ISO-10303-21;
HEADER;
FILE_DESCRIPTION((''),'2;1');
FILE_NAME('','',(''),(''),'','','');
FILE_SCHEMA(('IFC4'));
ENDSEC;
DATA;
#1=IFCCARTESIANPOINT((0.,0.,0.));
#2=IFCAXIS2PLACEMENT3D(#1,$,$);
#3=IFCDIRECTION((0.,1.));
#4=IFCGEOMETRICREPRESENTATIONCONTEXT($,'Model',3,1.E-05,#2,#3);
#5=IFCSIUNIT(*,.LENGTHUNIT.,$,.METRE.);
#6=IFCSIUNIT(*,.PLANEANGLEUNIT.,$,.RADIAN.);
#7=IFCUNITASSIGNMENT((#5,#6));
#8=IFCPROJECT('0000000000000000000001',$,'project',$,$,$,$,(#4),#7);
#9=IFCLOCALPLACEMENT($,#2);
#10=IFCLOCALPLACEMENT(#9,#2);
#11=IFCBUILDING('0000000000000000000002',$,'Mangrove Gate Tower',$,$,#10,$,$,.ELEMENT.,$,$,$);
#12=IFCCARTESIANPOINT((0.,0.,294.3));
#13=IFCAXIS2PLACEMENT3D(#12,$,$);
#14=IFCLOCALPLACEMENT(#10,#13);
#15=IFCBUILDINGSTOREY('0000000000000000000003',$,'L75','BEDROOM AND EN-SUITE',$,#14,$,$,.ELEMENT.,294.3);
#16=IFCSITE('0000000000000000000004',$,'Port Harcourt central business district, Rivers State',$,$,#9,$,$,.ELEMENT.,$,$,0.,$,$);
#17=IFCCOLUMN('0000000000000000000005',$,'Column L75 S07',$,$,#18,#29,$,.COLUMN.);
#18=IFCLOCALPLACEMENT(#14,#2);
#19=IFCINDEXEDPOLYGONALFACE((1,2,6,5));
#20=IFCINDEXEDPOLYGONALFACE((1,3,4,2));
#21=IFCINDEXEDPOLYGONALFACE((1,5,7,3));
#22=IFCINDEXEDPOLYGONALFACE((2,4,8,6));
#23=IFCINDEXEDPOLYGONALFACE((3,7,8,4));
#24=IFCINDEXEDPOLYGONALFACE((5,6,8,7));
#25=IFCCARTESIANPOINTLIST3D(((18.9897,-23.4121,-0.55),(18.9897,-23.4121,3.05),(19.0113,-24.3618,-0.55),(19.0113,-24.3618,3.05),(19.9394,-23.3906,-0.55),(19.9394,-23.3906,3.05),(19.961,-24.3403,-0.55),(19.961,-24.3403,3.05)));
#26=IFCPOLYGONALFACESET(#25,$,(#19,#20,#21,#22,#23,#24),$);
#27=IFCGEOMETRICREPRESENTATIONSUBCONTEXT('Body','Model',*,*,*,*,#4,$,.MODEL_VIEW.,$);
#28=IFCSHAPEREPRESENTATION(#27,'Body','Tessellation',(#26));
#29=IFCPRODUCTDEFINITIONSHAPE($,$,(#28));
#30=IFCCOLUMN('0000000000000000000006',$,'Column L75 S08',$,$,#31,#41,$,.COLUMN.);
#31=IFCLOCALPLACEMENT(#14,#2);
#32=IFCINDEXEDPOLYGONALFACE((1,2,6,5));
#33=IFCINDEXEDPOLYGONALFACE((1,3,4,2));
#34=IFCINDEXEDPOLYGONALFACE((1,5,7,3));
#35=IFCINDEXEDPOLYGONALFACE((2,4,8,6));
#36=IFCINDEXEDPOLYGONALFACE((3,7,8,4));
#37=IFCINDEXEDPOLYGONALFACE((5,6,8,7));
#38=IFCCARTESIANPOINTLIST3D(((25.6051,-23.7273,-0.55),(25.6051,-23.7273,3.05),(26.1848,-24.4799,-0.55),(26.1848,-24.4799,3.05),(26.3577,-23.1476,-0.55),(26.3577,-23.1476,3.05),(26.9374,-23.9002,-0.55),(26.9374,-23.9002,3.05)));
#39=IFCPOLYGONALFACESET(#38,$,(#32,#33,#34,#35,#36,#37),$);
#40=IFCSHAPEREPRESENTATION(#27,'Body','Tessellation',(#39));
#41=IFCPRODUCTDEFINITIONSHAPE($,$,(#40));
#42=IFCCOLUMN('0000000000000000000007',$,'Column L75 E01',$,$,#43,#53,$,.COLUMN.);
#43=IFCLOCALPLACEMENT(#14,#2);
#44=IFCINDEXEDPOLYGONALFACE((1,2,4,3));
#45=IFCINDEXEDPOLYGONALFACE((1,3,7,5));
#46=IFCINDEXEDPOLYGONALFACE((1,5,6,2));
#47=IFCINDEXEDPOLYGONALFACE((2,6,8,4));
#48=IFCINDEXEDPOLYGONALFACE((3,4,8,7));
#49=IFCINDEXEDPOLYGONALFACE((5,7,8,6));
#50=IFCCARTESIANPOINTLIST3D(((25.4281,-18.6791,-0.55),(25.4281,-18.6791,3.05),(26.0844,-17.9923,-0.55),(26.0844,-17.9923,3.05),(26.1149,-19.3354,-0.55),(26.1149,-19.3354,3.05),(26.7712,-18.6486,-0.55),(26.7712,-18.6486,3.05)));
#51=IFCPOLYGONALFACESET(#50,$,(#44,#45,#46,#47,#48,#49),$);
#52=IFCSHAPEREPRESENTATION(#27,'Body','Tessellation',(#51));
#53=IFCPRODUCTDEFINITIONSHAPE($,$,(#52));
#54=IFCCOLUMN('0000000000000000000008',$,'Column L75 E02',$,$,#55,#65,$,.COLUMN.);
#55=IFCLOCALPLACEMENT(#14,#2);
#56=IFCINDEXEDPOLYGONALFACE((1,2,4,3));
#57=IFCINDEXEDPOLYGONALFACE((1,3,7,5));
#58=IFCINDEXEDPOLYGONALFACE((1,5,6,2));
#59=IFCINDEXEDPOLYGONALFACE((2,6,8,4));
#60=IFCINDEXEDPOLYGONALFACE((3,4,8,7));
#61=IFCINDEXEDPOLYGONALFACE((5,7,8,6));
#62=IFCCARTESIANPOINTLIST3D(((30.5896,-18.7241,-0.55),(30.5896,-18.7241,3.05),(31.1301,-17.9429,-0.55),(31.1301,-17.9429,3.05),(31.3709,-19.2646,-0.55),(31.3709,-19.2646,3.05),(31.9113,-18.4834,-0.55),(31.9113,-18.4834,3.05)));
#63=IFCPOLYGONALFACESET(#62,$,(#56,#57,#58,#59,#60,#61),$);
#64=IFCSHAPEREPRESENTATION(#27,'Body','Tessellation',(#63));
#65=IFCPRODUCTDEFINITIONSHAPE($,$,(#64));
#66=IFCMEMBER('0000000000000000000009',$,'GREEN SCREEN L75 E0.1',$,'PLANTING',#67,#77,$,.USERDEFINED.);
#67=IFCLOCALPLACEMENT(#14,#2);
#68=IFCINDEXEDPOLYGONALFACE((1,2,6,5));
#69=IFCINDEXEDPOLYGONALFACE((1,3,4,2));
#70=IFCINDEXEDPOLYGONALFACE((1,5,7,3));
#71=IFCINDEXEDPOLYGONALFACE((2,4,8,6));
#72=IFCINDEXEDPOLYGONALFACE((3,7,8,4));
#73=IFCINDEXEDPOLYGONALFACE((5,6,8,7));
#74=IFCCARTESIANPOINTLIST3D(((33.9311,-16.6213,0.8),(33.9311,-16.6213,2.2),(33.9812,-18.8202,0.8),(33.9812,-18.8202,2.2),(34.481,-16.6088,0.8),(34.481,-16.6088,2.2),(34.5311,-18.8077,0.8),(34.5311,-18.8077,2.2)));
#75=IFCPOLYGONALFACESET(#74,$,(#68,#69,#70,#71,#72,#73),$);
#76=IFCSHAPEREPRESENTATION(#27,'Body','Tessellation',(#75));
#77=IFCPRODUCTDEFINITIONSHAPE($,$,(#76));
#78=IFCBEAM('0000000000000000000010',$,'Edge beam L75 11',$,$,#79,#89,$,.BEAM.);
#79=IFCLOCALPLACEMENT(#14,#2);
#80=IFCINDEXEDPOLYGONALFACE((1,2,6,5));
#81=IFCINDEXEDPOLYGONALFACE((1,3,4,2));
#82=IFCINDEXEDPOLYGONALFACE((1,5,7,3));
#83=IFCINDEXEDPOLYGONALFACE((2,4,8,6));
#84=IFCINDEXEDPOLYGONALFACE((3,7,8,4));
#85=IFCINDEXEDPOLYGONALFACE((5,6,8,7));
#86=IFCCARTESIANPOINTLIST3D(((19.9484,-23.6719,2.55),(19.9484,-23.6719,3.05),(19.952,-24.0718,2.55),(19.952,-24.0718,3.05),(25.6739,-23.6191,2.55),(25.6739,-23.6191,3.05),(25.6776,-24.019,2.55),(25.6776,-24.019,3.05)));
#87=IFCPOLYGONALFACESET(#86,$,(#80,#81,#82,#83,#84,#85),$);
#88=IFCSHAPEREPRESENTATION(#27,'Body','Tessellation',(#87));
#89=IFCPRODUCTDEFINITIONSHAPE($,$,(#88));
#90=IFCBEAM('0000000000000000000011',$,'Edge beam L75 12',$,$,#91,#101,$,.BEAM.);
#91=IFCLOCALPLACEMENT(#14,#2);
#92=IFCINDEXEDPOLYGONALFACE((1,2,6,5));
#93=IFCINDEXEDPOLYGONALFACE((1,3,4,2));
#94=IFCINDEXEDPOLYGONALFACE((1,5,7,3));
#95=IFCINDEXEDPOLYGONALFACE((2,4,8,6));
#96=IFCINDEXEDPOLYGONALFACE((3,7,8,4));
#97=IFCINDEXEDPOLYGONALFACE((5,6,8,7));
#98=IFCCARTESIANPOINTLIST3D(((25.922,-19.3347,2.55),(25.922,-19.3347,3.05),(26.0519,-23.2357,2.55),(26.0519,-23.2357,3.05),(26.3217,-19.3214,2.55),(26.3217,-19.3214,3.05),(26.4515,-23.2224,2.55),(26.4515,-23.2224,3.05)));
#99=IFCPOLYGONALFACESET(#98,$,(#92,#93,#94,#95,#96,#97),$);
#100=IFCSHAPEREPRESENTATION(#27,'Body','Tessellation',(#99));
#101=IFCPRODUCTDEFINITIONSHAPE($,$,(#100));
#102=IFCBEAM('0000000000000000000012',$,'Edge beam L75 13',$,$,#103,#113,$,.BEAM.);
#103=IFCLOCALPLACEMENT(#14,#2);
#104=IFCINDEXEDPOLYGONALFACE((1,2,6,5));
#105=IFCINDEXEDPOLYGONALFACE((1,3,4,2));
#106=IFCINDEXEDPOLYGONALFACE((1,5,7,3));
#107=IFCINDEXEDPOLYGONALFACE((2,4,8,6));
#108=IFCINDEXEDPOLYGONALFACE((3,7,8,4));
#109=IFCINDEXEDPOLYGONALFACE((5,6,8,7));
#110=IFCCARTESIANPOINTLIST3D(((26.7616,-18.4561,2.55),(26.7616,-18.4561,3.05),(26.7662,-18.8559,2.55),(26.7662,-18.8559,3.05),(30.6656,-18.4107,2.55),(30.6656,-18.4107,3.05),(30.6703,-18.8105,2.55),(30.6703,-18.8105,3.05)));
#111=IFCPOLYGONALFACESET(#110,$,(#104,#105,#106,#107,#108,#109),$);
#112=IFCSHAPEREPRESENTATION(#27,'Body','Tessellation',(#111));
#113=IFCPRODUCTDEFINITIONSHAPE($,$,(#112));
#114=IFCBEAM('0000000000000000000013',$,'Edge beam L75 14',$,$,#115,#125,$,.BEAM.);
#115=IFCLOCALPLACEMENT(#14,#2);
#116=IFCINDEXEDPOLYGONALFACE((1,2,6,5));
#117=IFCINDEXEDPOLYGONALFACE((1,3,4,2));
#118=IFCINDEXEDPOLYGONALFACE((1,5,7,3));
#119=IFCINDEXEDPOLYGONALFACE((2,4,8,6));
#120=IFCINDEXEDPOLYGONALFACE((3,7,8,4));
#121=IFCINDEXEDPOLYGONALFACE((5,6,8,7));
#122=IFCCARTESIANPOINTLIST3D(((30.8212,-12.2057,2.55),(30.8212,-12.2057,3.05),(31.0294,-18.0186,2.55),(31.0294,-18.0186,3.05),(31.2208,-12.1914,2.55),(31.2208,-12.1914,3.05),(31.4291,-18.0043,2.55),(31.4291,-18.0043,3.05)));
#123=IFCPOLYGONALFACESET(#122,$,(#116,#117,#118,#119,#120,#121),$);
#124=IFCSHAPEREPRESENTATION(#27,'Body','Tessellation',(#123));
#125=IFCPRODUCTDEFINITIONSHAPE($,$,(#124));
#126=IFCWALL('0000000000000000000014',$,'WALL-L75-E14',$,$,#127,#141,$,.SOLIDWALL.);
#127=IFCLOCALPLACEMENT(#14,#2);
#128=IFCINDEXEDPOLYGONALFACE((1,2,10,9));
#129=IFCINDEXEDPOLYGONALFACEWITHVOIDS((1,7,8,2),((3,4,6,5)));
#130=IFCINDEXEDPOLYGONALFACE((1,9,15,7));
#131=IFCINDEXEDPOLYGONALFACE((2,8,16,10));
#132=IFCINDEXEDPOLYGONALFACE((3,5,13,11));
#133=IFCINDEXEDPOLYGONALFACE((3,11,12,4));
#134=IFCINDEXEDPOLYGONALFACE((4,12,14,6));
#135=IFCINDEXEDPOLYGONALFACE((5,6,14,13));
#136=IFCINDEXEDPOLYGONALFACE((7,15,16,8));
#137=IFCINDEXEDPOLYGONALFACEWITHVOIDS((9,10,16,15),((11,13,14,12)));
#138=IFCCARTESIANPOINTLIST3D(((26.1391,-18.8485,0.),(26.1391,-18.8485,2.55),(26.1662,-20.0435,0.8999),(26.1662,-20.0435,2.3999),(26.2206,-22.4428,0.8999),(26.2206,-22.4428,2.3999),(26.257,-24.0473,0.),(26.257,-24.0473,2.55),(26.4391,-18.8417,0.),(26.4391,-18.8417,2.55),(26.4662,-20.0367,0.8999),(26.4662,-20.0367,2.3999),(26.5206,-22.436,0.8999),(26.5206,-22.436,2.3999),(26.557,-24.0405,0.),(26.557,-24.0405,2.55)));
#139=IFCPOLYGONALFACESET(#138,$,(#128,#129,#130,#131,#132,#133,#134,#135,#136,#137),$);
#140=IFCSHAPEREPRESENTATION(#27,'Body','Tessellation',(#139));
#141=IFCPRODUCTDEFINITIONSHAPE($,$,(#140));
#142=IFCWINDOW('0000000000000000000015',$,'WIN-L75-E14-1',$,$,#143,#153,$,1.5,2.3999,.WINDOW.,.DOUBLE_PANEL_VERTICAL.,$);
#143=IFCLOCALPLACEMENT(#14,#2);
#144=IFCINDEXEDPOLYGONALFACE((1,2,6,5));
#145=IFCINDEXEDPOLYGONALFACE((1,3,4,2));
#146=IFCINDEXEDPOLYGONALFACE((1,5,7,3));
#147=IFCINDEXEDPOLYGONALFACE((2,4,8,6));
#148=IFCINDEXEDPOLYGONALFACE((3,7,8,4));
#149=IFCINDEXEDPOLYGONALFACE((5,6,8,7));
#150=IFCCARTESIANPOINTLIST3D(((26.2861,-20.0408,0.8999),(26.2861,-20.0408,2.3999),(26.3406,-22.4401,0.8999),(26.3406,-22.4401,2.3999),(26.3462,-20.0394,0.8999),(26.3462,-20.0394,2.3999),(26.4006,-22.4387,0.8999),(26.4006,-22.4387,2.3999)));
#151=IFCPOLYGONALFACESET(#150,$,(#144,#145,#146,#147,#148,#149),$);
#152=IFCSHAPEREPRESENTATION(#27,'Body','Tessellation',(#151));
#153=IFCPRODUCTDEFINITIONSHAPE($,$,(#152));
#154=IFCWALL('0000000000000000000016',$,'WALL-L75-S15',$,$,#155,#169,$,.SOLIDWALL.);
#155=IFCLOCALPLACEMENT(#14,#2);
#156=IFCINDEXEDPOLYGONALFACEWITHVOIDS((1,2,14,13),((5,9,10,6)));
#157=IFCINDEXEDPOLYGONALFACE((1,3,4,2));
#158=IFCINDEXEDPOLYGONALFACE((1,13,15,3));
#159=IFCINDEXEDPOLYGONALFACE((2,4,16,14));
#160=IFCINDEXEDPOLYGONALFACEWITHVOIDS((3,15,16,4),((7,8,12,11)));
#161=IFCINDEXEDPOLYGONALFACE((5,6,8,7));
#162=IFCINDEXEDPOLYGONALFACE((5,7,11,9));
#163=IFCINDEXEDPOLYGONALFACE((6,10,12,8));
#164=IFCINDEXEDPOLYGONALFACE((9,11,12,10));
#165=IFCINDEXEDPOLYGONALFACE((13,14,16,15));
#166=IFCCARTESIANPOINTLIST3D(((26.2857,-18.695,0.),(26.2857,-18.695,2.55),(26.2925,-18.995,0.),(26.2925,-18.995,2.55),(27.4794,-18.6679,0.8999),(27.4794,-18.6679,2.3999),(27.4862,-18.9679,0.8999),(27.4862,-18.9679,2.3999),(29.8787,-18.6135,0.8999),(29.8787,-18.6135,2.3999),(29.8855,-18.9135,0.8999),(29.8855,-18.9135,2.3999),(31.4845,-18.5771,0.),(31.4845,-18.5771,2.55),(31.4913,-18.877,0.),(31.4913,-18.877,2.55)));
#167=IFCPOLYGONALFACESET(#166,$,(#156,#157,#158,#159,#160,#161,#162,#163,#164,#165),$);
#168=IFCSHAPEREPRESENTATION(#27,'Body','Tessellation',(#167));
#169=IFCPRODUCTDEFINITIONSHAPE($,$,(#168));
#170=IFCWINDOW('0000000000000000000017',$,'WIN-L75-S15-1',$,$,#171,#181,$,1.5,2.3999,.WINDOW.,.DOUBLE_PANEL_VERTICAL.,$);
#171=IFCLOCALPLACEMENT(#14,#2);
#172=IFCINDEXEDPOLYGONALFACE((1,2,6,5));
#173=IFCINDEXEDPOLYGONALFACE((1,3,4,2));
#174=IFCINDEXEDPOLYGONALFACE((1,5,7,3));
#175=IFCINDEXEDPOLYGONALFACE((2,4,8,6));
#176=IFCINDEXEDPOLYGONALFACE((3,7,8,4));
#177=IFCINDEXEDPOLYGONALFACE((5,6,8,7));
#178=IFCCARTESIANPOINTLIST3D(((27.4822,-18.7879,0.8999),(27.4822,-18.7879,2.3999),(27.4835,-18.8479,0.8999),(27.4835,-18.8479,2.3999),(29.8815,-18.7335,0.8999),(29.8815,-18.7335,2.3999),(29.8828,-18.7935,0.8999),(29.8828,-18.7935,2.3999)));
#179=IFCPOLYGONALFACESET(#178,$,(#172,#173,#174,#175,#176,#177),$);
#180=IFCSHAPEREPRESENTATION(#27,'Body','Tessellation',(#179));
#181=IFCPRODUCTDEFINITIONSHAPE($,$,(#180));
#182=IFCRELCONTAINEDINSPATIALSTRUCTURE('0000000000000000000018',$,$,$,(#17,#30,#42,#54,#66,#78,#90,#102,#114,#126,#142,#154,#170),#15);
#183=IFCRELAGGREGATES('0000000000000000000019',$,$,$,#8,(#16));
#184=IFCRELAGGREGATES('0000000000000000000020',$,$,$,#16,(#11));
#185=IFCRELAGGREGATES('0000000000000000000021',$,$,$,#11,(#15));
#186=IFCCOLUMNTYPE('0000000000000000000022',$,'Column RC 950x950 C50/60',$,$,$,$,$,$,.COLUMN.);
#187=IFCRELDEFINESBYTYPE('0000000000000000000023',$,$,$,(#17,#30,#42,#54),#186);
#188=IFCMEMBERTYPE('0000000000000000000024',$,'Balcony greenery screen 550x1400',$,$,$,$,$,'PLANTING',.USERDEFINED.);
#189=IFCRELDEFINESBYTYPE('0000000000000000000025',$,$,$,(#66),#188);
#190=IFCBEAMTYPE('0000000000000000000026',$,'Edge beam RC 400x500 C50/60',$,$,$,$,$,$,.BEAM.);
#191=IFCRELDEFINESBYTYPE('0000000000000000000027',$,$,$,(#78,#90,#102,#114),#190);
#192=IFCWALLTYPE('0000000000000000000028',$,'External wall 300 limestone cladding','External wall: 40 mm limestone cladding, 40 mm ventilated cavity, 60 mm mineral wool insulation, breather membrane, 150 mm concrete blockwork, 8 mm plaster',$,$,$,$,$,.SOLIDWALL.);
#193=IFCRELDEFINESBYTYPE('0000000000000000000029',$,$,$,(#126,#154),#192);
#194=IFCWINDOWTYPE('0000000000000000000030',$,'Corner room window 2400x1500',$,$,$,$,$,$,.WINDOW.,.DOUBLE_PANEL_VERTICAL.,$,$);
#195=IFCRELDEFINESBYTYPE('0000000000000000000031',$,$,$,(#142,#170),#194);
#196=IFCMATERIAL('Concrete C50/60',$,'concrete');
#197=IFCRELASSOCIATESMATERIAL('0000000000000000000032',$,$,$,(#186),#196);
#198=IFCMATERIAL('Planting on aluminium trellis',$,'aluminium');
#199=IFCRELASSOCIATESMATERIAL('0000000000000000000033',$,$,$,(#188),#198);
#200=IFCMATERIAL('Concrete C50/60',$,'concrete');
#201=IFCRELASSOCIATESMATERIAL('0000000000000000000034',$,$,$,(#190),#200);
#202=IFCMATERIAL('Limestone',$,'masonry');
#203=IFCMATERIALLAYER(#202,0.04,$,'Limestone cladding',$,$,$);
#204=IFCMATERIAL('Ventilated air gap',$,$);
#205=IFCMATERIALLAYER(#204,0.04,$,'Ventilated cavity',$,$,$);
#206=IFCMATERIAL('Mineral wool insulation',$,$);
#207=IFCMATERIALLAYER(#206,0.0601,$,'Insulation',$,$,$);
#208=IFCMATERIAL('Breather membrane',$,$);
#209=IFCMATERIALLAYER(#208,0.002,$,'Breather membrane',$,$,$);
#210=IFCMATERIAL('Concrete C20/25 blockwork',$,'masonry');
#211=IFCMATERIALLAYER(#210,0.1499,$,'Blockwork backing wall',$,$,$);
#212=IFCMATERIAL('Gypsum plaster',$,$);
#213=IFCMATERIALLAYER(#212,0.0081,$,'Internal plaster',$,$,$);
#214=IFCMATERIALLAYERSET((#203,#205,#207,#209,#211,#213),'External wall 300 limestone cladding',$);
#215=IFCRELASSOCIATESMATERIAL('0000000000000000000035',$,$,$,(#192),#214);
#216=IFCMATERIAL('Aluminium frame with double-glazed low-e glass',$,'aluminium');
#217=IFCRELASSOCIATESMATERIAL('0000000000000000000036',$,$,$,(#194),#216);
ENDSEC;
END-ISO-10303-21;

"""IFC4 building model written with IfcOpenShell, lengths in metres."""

from ifc_helpers import new_model, si_unit, direction, frame, frame_2d, origin, origin_2d, place, context, subcontext, project, spatial, rectangle, extrude, material, layer, layer_set, material_profile, profile_set, type_object, element, fill, save


model = new_model("IFC4")

# Units and contexts
model_context = context("Model", 3, precision=1e-05, world=origin(), true_north=direction((0.0, 1.0)))
body_context = subcontext(model_context, "Body", "Model", "MODEL_VIEW")
ifc_project = project(units=[si_unit("LENGTHUNIT", "METRE"), si_unit("PLANEANGLEUNIT", "RADIAN")], contexts=[model_context])

# Site, building, storey
site_placement = place(None, origin())
site = spatial("IfcSite", under=ifc_project, at=site_placement, Name="Port Harcourt central business district, Rivers State", CompositionType="ELEMENT", RefElevation=0.0)
building_placement = place(site_placement, origin())
building = spatial("IfcBuilding", under=site, at=building_placement, Name="Mangrove Gate Tower", CompositionType="ELEMENT")
storey_placement = place(building_placement, frame((0.0, 0.0, 294.3)))
storey = spatial("IfcBuildingStorey", under=building, at=storey_placement, Name="L75", Description="BEDROOM AND EN-SUITE", CompositionType="ELEMENT", Elevation=294.3)

# Columns
ifc_material_1 = material(Name="Concrete C50/60", Category="concrete")
ifc_material_profile_1 = material_profile(ifc_material_1, rectangle(XDim=0.95, YDim=0.95, at=origin_2d()))
ifc_profile_set_1 = profile_set([ifc_material_profile_1], Name="Concrete C50/60")
column_type = type_object("IfcColumnType", Name="Column RC 950x950 C50/60", PredefinedType="COLUMN", material=ifc_profile_set_1)
for number, where, z_axis, x_axis, name in (
    (1, (19.4753, -23.8762, -0.55), (0.0, 0.0, 1.0), (0.999743, 0.02268, 0.0), "Column L75 S07"),
    (2, (26.2712, -23.8137, -0.55), (0.0, 0.0, 1.0), (0.792213, 0.610244, 0.0), "Column L75 S08"),
    (3, (26.0996, -18.6638, -0.55), (0.0, 0.0, 1.0), (0.690877, 0.722973, 0.0), "Column L75 E01"),
    (4, (31.2505, -18.6038, -0.55), (0.0, 0.0, 1.0), (0.568957, 0.822367, 0.0), "Column L75 E02"),
):
    element("IfcColumn", number, at=place(storey_placement, frame(where, z_axis=z_axis, x_axis=x_axis)), inside=storey, type_object=column_type, Name=name, PredefinedType="COLUMN", context=body_context, shape_type="SweptSolid", body=[
        extrude(rectangle(XDim=0.95, YDim=0.95, at=origin_2d()), origin(), (0.0, 0.0, 1.0), 3.6001),
    ])

# Member
ifc_material_2 = material(Name="Planting on aluminium trellis", Category="aluminium")
ifc_material_profile_2 = material_profile(ifc_material_2, rectangle(XDim=0.55, YDim=1.3999, at=origin_2d()))
ifc_profile_set_2 = profile_set([ifc_material_profile_2], Name="Planting on aluminium trellis")
member_type = type_object("IfcMemberType", Name="Balcony greenery screen 550x1400", ElementType="PLANTING", PredefinedType="USERDEFINED", material=ifc_profile_set_2)
member_placement = place(storey_placement, frame((34.2561, -18.814, 1.5), z_axis=(-0.022754, 0.999741, 0.0), x_axis=(-0.999741, -0.022754, 0.0)))
element("IfcMember", 5, at=member_placement, inside=storey, type_object=member_type, Name="GREEN SCREEN L75 E0.1", ObjectType="PLANTING", PredefinedType="USERDEFINED", context=body_context, shape_type="SweptSolid", body=[
    extrude(rectangle(XDim=0.55, YDim=1.3999, at=origin_2d()), origin(), (0.0, 0.0, 1.0), 2.1995),
])

# Beams
ifc_material_3 = material(Name="Concrete C50/60", Category="concrete")
ifc_material_profile_3 = material_profile(ifc_material_3, rectangle(XDim=0.3999, YDim=0.5, at=origin_2d()))
ifc_profile_set_3 = profile_set([ifc_material_profile_3], Name="Concrete C50/60")
beam_type = type_object("IfcBeamType", Name="Edge beam RC 400x500 C50/60", PredefinedType="BEAM", material=ifc_profile_set_3)
beam_1_placement = place(storey_placement, frame((19.9502, -23.8718, 2.8), z_axis=(0.999958, 0.00921, 0.0), x_axis=(-0.00921, 0.999958, 0.0)))
element("IfcBeam", 6, at=beam_1_placement, inside=storey, type_object=beam_type, Name="Edge beam L75 11", PredefinedType="BEAM", context=body_context, shape_type="SweptSolid", body=[
    extrude(rectangle(XDim=0.3999, YDim=0.5, at=origin_2d()), origin(), (0.0, 0.0, 1.0), 5.7258),
])
beam_2_placement = place(storey_placement, frame((26.2517, -23.229, 2.8), z_axis=(-0.033277, 0.999446, 0.0), x_axis=(-0.999446, -0.033277, 0.0)))
element("IfcBeam", 7, at=beam_2_placement, inside=storey, type_object=beam_type, Name="Edge beam L75 12", PredefinedType="BEAM", context=body_context, shape_type="SweptSolid", body=[
    extrude(rectangle(XDim=0.3999, YDim=0.5, at=origin_2d()), origin(), (0.0, 0.0, 1.0), 3.9031),
])
beam_3_placement = place(storey_placement, frame((26.7639, -18.656, 2.8), z_axis=(0.999932, 0.011631, 0.0), x_axis=(-0.011631, 0.999932, 0.0)))
element("IfcBeam", 8, at=beam_3_placement, inside=storey, type_object=beam_type, Name="Edge beam L75 13", PredefinedType="BEAM", context=body_context, shape_type="SweptSolid", body=[
    extrude(rectangle(XDim=0.3999, YDim=0.5, at=origin_2d()), origin(), (0.0, 0.0, 1.0), 3.9043),
])
beam_4_placement = place(storey_placement, frame((31.2292, -18.0115, 2.8), z_axis=(-0.035802, 0.999359, 0.0), x_axis=(-0.999359, -0.035802, 0.0)))
element("IfcBeam", 9, at=beam_4_placement, inside=storey, type_object=beam_type, Name="Edge beam L75 14", PredefinedType="BEAM", context=body_context, shape_type="SweptSolid", body=[
    extrude(rectangle(XDim=0.3999, YDim=0.5, at=origin_2d()), origin(), (0.0, 0.0, 1.0), 5.8167),
])

# Shared definitions
ifc_material_4 = material(Name="Limestone", Category="masonry")
ifc_layer_1 = layer(ifc_material_4, 0.04, Name="Limestone cladding")
ifc_material_5 = material(Name="Ventilated air gap")
ifc_layer_2 = layer(ifc_material_5, 0.04, Name="Ventilated cavity")
ifc_material_6 = material(Name="Mineral wool insulation")
ifc_layer_3 = layer(ifc_material_6, 0.0601, Name="Insulation")
ifc_material_7 = material(Name="Breather membrane")
ifc_layer_4 = layer(ifc_material_7, 0.002, Name="Breather membrane")
ifc_material_8 = material(Name="Concrete C20/25 blockwork", Category="masonry")
ifc_layer_5 = layer(ifc_material_8, 0.1499, Name="Blockwork backing wall")
ifc_material_9 = material(Name="Gypsum plaster")
ifc_layer_6 = layer(ifc_material_9, 0.0081, Name="Internal plaster")
ifc_layer_set_1 = layer_set([ifc_layer_1, ifc_layer_2, ifc_layer_3, ifc_layer_4, ifc_layer_5, ifc_layer_6], Name="External wall 300 limestone cladding")
wall_type_1 = type_object("IfcWallType", Name="External wall 300 limestone cladding", Description="External wall: 40 mm limestone cladding, 40 mm ventilated cavity, 60 mm mineral wool insulation, breather membrane, 150 mm concrete blockwork, 8 mm plaster", PredefinedType="SOLIDWALL", material=ifc_layer_set_1)
ifc_material_10 = material(Name="Aluminium frame with double-glazed low-e glass", Category="aluminium")
window_type = type_object("IfcWindowType", Name="Corner room window 2400x1500", PartitioningType="DOUBLE_PANEL_VERTICAL", PredefinedType="WINDOW", material=ifc_material_10)

# Walls, openings, windows
wall_1_placement = place(storey_placement, frame((26.407, -24.0439, 0.0), z_axis=(0.0, 0.0, 1.0), x_axis=(-0.022676, 0.999743, 0.0)))
wall_1 = element("IfcWall", 10, at=wall_1_placement, inside=storey, type_object=wall_type_1, Name="WALL-L75-E14", PredefinedType="SOLIDWALL", context=body_context, shape_type="SweptSolid", body=[
    extrude(rectangle(XDim=5.2002, YDim=0.3, at=frame_2d((2.6001, 0.0))), origin(), (0.0, 0.0, 1.0), 2.55),
])
opening_1_placement = place(wall_1_placement, frame((1.605, 0.0, 0.8999)))
opening_1 = element("IfcOpeningElement", 11, at=opening_1_placement, cuts=wall_1, PredefinedType="OPENING", context=body_context, shape_type="SweptSolid", body=[
    extrude(rectangle(XDim=2.3999, YDim=1.5, at=frame_2d((1.2, 0.75))), frame((0.0, 0.1599, 0.0), z_axis=(0.0, -1.0, 0.0), x_axis=(1.0, 0.0, 0.0)), (0.0, 0.0, 1.0), 0.3201),
])
window_1_placement = place(opening_1_placement, origin())
window_1 = element("IfcWindow", 12, at=window_1_placement, inside=storey, type_object=window_type, Name="WIN-L75-E14-1", OverallHeight=1.5, OverallWidth=2.3999, PartitioningType="DOUBLE_PANEL_VERTICAL", PredefinedType="WINDOW", context=body_context, shape_type="SweptSolid", body=[
    extrude(rectangle(XDim=2.3999, YDim=1.5, at=frame_2d((1.2, 0.75))), frame((0.0, 0.03, 0.0), z_axis=(0.0, -1.0, 0.0), x_axis=(1.0, 0.0, 0.0)), (0.0, 0.0, 1.0), 0.0601),
])
fill(opening_1, window_1)
wall_2_placement = place(storey_placement, frame((26.2891, -18.845, 0.0), z_axis=(0.0, 0.0, 1.0), x_axis=(0.999743, 0.022676, 0.0)))
wall_2 = element("IfcWall", 13, at=wall_2_placement, inside=storey, type_object=wall_type_1, Name="WALL-L75-S15", PredefinedType="SOLIDWALL", context=body_context, shape_type="SweptSolid", body=[
    extrude(rectangle(XDim=5.2002, YDim=0.3, at=frame_2d((2.6001, 0.0))), origin(), (0.0, 0.0, 1.0), 2.55),
])
opening_2_placement = place(wall_2_placement, frame((1.1941, 0.0, 0.8999)))
opening_2 = element("IfcOpeningElement", 14, at=opening_2_placement, cuts=wall_2, PredefinedType="OPENING", context=body_context, shape_type="SweptSolid", body=[
    extrude(rectangle(XDim=2.3999, YDim=1.5, at=frame_2d((1.2, 0.75))), frame((0.0, 0.1599, 0.0), z_axis=(0.0, -1.0, 0.0), x_axis=(1.0, 0.0, 0.0)), (0.0, 0.0, 1.0), 0.3201),
])
window_2_placement = place(opening_2_placement, origin())
window_2 = element("IfcWindow", 15, at=window_2_placement, inside=storey, type_object=window_type, Name="WIN-L75-S15-1", OverallHeight=1.5, OverallWidth=2.3999, PartitioningType="DOUBLE_PANEL_VERTICAL", PredefinedType="WINDOW", context=body_context, shape_type="SweptSolid", body=[
    extrude(rectangle(XDim=2.3999, YDim=1.5, at=frame_2d((1.2, 0.75))), frame((0.0, 0.03, 0.0), z_axis=(0.0, -1.0, 0.0), x_axis=(1.0, 0.0, 0.0)), (0.0, 0.0, 1.0), 0.0601),
])
fill(opening_2, window_2)

save(model, "model.ifc")
